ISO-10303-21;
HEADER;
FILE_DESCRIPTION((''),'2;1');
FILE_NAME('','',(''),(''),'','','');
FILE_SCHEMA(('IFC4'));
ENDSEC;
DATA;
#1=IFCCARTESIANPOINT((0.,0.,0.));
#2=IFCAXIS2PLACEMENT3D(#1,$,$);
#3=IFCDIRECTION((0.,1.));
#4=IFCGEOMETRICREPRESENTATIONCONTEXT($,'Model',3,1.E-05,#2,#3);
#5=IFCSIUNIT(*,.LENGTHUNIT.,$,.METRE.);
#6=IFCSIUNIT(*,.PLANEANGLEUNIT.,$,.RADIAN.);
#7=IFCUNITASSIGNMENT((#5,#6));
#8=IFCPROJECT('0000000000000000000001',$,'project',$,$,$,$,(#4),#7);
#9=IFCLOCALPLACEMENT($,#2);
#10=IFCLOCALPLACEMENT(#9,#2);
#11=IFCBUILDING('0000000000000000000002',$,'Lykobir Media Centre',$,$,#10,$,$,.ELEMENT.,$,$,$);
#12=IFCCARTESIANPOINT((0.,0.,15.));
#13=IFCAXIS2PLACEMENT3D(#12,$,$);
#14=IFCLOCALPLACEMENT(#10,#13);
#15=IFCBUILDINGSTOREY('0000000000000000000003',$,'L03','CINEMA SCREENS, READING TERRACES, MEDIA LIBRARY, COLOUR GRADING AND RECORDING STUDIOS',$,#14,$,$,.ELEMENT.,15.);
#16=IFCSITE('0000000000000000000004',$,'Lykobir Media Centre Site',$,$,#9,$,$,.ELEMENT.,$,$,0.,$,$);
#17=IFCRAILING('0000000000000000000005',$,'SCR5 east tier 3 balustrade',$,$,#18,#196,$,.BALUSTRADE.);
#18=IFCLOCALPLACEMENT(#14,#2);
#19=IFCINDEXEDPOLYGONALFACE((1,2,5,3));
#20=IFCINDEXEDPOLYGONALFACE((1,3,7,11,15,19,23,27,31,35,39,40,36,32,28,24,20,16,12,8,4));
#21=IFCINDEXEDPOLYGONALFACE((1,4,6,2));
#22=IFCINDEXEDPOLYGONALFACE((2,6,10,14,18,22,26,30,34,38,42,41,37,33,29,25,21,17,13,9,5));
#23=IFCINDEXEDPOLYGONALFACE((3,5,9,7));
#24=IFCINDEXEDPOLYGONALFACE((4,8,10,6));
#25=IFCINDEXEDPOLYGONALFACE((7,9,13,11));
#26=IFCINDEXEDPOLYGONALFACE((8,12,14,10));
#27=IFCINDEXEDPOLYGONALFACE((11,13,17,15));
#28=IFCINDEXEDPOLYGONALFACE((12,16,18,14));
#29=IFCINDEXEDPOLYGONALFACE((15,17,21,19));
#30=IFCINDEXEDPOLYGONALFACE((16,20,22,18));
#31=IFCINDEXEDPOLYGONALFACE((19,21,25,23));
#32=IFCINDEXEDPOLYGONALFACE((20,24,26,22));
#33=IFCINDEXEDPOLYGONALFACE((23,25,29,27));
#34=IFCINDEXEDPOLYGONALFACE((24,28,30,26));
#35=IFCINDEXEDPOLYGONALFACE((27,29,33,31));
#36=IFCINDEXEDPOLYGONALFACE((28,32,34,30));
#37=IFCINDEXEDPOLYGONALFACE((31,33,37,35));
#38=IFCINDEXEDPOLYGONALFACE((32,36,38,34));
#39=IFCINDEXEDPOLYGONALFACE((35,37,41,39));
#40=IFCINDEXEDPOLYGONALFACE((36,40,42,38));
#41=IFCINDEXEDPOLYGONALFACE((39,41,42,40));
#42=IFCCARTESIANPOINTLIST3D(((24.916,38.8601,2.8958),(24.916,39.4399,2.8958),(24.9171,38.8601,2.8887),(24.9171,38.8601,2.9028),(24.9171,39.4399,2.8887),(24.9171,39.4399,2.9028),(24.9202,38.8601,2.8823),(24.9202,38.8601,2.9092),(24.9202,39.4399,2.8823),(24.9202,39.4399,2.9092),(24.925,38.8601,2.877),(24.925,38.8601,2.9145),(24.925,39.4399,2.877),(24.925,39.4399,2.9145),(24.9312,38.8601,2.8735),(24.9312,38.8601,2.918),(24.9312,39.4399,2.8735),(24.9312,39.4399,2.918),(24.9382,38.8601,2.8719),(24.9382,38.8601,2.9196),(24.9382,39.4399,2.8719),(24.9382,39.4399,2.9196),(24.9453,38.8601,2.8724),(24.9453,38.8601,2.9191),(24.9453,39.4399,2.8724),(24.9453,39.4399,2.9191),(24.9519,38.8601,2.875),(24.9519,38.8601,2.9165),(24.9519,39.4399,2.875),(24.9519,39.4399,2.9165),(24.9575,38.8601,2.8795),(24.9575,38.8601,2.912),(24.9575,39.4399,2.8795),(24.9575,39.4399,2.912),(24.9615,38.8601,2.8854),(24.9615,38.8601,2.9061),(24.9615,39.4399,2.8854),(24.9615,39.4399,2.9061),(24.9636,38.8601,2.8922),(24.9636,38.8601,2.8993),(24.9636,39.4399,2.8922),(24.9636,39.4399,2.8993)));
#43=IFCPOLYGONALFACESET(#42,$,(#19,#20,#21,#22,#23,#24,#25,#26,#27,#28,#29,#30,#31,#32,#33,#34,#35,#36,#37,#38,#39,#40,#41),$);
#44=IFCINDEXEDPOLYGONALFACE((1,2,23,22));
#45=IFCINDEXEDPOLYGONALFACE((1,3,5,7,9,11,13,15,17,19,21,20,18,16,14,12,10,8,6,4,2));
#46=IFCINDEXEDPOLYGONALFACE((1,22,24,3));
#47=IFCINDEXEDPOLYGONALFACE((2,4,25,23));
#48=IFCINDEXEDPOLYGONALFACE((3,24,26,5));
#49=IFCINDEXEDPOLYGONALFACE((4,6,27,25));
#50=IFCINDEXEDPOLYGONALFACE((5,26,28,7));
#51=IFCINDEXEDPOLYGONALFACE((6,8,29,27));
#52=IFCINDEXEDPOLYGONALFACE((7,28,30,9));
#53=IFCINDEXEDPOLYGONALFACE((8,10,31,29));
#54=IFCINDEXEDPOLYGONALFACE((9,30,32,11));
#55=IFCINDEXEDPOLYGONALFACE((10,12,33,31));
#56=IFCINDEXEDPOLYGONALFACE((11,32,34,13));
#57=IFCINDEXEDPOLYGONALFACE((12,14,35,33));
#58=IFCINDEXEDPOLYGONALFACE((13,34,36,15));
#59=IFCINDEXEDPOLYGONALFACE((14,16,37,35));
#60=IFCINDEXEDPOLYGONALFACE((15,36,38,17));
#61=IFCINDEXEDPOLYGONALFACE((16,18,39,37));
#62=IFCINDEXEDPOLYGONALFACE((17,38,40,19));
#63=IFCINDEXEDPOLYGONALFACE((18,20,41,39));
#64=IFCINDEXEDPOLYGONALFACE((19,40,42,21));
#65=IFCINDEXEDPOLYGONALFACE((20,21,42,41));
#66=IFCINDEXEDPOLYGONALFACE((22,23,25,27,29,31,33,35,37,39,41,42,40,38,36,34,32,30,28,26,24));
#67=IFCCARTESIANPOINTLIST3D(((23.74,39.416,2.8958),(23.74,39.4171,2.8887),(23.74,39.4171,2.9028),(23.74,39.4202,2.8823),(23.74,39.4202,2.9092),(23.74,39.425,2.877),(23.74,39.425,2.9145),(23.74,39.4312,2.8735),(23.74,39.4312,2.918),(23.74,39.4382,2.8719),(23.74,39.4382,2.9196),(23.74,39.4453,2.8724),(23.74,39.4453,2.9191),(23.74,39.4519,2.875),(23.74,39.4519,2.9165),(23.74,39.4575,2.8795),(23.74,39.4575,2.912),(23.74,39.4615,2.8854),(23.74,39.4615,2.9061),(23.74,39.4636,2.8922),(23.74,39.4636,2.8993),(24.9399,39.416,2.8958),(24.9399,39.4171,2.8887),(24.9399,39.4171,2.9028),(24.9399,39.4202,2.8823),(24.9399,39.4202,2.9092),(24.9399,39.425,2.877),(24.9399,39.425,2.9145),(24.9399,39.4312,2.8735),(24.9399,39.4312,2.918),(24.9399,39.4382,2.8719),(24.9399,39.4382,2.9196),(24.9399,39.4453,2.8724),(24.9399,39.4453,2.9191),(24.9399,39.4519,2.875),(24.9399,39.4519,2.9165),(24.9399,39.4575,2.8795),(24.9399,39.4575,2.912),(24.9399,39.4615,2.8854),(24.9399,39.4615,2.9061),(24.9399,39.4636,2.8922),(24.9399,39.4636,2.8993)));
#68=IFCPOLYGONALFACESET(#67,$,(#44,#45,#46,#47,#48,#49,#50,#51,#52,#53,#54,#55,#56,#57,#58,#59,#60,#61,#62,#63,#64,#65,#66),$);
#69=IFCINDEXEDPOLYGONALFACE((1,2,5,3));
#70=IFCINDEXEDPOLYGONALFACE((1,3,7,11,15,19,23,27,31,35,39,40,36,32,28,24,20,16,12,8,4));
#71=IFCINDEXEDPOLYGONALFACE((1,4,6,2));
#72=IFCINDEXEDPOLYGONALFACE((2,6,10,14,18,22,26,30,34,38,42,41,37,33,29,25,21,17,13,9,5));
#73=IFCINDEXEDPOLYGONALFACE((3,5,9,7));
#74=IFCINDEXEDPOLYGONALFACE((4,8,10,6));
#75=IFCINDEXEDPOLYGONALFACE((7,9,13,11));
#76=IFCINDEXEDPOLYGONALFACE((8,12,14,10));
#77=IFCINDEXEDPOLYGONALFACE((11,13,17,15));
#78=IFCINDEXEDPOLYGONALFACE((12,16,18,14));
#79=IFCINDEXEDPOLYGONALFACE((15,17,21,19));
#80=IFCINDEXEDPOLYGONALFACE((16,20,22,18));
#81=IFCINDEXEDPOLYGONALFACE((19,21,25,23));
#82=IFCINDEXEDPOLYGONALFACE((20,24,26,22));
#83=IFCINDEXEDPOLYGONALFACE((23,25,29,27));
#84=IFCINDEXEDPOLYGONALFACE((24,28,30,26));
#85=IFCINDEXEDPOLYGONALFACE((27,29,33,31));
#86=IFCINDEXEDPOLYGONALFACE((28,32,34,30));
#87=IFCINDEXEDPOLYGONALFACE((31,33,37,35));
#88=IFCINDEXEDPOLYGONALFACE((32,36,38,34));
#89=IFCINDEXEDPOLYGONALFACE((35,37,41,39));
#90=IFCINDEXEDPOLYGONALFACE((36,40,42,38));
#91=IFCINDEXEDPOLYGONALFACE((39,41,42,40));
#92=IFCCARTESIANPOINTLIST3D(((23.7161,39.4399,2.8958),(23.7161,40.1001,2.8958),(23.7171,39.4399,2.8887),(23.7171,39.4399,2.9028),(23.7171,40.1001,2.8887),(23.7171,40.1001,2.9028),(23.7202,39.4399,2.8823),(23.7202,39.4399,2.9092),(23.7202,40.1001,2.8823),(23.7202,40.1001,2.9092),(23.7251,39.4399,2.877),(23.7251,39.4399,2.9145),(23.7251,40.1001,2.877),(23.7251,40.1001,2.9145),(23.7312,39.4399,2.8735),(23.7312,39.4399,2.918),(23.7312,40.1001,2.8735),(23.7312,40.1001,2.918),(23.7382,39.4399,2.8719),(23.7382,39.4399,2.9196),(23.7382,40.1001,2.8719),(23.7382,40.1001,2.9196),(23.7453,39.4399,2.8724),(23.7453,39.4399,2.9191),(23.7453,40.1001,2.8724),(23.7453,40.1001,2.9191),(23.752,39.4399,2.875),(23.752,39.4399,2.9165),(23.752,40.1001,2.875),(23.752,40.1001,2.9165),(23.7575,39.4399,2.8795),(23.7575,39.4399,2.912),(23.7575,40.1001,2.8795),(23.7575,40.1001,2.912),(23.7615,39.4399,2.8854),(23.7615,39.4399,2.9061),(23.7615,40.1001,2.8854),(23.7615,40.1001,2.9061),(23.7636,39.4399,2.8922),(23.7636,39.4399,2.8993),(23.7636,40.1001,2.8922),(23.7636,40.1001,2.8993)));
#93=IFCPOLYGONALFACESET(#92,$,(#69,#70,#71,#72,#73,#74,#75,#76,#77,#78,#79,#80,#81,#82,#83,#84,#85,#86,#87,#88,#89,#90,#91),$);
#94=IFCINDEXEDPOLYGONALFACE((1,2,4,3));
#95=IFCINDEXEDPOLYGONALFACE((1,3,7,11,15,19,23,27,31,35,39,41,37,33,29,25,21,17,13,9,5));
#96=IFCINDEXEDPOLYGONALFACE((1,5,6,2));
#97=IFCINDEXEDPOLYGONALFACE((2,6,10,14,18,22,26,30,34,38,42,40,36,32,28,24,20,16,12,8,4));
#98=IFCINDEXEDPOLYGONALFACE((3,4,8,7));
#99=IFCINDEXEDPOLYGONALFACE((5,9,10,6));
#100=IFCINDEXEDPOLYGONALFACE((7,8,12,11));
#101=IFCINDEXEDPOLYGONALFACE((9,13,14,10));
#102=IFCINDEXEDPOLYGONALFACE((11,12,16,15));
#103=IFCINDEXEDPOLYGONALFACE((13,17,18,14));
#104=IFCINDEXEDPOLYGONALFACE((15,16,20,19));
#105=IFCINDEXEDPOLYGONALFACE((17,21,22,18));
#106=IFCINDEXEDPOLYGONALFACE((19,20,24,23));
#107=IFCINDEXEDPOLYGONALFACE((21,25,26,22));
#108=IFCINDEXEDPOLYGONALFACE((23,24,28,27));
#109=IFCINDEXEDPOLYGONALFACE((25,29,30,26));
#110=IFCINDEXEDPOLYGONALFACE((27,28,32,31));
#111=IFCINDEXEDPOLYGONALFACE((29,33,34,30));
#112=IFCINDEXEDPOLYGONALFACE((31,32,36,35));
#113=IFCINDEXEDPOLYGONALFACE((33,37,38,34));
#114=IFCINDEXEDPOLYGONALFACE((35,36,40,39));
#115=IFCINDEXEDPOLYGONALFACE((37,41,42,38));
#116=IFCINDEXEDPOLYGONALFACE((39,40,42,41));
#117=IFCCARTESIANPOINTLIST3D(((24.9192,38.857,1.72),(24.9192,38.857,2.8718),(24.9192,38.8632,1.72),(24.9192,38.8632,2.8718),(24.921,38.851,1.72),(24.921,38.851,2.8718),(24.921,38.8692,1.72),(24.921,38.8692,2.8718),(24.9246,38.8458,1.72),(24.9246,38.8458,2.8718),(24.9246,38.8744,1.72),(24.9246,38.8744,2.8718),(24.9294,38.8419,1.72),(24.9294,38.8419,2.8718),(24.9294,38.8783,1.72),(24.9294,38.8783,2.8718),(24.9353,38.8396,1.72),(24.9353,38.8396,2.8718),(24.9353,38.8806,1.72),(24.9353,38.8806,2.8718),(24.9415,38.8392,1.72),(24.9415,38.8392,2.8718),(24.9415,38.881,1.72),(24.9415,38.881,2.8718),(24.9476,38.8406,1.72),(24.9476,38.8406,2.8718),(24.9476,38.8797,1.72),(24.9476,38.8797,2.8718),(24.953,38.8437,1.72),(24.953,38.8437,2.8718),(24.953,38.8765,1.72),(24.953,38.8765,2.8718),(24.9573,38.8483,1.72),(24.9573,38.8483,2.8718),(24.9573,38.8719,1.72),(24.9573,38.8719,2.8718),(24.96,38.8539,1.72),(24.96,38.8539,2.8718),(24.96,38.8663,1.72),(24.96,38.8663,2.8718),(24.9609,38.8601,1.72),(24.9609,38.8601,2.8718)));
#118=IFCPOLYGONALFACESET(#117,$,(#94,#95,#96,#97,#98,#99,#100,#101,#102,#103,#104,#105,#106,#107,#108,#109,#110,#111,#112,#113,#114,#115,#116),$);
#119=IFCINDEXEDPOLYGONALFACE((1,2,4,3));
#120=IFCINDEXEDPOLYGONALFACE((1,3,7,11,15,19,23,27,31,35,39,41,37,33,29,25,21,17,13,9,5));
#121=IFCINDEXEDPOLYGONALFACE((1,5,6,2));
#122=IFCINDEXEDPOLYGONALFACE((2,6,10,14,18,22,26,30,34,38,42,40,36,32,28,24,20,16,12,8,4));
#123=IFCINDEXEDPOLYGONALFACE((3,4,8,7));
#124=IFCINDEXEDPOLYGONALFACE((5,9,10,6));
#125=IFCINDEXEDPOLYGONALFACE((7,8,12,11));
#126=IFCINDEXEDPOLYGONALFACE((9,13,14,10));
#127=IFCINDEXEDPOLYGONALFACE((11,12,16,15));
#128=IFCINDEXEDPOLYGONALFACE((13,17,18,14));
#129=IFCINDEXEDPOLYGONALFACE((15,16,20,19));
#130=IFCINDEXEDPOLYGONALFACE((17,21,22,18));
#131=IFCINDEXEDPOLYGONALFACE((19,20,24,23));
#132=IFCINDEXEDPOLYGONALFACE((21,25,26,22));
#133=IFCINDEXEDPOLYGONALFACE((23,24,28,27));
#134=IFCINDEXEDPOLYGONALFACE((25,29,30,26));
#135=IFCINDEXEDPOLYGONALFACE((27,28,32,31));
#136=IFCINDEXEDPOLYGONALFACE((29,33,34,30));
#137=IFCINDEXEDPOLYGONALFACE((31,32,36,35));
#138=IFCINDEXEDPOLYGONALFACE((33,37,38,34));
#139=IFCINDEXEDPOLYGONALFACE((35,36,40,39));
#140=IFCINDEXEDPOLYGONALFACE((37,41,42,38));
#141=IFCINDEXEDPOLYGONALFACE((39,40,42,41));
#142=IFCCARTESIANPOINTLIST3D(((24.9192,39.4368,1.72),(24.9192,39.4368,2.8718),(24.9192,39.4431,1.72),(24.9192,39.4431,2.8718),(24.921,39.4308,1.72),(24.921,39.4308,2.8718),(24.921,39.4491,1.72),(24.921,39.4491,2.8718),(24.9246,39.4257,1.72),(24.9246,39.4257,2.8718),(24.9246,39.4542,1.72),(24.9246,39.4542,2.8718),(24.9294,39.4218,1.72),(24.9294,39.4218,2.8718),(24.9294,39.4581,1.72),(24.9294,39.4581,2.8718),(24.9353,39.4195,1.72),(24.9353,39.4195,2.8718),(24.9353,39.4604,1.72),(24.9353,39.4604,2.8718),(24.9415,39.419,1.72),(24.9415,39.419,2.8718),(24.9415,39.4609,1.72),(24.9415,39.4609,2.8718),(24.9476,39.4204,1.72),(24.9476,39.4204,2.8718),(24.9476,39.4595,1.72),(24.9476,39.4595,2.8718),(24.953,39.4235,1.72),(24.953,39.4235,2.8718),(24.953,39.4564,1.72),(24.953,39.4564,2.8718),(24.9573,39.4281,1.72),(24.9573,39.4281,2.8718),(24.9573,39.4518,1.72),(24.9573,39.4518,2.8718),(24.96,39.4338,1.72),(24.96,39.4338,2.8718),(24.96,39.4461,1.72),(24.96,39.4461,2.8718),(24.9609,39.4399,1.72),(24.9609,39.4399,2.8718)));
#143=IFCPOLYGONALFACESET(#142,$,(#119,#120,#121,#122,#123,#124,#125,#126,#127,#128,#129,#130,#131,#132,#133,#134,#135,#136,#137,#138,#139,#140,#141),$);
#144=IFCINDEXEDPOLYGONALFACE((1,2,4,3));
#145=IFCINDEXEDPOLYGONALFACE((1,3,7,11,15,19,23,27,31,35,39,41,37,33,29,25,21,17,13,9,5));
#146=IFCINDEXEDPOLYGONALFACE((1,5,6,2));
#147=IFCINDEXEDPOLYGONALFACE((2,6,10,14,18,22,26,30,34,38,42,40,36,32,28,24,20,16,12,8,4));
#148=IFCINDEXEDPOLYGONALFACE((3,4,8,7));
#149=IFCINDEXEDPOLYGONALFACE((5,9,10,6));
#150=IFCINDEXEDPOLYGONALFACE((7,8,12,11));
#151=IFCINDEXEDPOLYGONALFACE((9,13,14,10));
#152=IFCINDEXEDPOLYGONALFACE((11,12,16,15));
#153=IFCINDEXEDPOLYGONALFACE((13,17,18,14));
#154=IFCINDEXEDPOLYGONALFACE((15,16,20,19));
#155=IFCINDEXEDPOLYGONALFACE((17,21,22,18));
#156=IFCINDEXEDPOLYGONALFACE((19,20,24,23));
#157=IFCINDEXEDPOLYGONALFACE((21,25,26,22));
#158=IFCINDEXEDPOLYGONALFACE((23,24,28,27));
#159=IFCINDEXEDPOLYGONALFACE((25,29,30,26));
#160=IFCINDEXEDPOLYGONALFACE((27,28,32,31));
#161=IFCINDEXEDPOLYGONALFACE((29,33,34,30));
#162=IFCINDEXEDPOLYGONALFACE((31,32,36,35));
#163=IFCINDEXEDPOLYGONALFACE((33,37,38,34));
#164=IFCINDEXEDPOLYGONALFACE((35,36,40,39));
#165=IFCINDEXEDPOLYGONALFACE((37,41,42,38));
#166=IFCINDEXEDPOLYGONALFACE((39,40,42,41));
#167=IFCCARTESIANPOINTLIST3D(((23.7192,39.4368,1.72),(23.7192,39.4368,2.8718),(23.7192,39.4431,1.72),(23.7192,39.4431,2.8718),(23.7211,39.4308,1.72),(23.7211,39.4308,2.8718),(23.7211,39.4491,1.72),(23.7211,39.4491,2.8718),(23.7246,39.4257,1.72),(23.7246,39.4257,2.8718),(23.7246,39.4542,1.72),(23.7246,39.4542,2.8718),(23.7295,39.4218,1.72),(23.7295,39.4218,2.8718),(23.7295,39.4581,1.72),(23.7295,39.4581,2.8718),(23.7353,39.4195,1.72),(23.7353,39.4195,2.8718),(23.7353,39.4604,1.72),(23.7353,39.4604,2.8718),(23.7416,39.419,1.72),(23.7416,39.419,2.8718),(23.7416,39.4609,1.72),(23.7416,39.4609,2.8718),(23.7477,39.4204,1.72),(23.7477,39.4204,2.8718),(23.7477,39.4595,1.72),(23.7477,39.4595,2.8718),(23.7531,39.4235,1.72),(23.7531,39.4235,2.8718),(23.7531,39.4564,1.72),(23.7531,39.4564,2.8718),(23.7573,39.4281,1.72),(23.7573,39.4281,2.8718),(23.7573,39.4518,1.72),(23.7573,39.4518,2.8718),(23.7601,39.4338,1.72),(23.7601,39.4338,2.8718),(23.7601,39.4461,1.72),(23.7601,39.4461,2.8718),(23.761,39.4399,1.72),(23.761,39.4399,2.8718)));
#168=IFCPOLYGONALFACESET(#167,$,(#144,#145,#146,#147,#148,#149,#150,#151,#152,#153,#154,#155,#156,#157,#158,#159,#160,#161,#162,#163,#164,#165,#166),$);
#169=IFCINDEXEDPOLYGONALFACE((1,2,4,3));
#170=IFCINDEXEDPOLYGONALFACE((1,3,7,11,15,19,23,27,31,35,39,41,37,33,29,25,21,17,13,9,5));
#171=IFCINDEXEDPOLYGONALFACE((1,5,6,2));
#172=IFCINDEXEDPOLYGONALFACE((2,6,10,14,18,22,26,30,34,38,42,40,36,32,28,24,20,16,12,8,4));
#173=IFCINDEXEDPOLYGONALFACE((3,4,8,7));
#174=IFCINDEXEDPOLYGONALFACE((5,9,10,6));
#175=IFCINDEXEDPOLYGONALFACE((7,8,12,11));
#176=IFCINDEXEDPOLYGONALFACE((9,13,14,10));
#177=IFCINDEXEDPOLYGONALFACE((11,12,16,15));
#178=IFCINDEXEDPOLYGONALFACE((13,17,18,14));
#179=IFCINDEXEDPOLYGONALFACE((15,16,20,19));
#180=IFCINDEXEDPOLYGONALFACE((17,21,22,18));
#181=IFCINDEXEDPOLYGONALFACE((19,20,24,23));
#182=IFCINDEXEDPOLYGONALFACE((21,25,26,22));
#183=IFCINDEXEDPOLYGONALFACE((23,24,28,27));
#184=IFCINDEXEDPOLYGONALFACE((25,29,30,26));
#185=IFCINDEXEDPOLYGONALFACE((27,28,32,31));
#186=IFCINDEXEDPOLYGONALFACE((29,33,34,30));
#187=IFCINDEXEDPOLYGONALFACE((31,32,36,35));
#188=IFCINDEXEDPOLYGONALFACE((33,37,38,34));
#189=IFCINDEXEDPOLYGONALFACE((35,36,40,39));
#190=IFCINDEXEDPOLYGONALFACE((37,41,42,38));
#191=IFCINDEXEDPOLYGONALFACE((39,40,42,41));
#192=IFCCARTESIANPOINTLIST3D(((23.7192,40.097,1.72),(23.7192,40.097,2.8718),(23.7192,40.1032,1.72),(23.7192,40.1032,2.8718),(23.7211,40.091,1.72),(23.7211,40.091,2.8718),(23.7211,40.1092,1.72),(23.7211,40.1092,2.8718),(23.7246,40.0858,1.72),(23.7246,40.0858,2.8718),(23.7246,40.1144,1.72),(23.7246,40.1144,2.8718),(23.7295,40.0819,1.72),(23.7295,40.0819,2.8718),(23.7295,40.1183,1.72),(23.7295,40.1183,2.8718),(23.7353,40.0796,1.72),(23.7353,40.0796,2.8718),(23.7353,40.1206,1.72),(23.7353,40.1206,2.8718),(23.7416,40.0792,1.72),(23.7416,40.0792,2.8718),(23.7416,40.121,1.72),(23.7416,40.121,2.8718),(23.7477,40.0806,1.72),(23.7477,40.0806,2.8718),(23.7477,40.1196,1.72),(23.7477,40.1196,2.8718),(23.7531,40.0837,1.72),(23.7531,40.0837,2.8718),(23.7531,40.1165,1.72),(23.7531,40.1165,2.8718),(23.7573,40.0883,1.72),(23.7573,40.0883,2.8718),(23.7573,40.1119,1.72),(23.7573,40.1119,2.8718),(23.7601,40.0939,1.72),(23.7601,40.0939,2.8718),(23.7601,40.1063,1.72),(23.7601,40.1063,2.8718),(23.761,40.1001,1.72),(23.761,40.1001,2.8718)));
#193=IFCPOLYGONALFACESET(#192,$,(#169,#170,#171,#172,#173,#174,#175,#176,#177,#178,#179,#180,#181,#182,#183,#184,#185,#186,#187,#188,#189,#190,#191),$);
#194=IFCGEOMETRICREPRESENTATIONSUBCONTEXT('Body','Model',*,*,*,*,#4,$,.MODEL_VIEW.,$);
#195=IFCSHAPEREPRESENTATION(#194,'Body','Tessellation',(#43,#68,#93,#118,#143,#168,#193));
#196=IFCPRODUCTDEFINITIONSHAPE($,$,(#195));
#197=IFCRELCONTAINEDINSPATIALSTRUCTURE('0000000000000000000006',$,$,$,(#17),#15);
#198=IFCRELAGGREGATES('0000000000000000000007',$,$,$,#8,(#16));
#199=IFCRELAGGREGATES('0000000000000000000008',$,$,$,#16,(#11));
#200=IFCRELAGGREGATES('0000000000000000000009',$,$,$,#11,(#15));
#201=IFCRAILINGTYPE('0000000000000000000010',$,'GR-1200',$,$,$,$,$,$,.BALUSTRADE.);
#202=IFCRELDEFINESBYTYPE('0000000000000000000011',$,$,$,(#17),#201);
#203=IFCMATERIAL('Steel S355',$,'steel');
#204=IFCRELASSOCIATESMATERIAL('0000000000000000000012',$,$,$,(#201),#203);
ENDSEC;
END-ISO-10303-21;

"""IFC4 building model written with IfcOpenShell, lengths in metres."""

from ifc_helpers import new_model, si_unit, direction, frame, origin, origin_2d, place, context, subcontext, project, spatial, circle, extrude, material, type_object, element, save


model = new_model("IFC4")

# Units and contexts
model_context = context("Model", 3, precision=1e-05, world=origin(), true_north=direction((0.0, 1.0)))
body_context = subcontext(model_context, "Body", "Model", "MODEL_VIEW")
ifc_project = project(units=[si_unit("LENGTHUNIT", "METRE"), si_unit("PLANEANGLEUNIT", "RADIAN")], contexts=[model_context])

# Site, building, storey
site_placement = place(None, origin())
site = spatial("IfcSite", under=ifc_project, at=site_placement, Name="Lykobir Media Centre Site", CompositionType="ELEMENT", RefElevation=0.0)
building_placement = place(site_placement, origin())
building = spatial("IfcBuilding", under=site, at=building_placement, Name="Lykobir Media Centre", CompositionType="ELEMENT")
storey_placement = place(building_placement, frame((0.0, 0.0, 15.0)))
storey = spatial("IfcBuildingStorey", under=building, at=storey_placement, Name="L03", Description="CINEMA SCREENS, READING TERRACES, MEDIA LIBRARY, COLOUR GRADING AND RECORDING STUDIOS", CompositionType="ELEMENT", Elevation=15.0)

# Shared definitions
ifc_material = material(Name="Steel S355", Category="steel")

# Railing
railing_type = type_object("IfcRailingType", Name="GR-1200", PredefinedType="BALUSTRADE", material=ifc_material)
railing_1_placement = place(storey_placement, frame((24.9399, 38.8601, 1.72)))
element("IfcRailing", 1, at=railing_1_placement, inside=storey, type_object=railing_type, Name="SCR5 east tier 3 balustrade", PredefinedType="BALUSTRADE", context=body_context, shape_type="SweptSolid", body=[
    extrude(circle(Radius=0.0239, at=origin_2d()), frame((0.0, 0.0, 1.1758), z_axis=(0.0, 1.0, 0.0), x_axis=(-1.0, 0.0, 0.0)), (0.0, 0.0, 1.0), 0.5798),
    extrude(circle(Radius=0.0239, at=origin_2d()), frame((0.0, 0.5798, 1.1758), z_axis=(-1.0, 0.0, 0.0), x_axis=(0.0, -1.0, 0.0)), (0.0, 0.0, 1.0), 1.2),
    extrude(circle(Radius=0.0239, at=origin_2d()), frame((-1.2, 0.5798, 1.1758), z_axis=(0.0, 1.0, 0.0), x_axis=(-1.0, 0.0, 0.0)), (0.0, 0.0, 1.0), 0.6602),
    extrude(circle(Radius=0.021, at=origin_2d()), origin(), (0.0, 0.0, 1.0), 1.1519),
    extrude(circle(Radius=0.021, at=origin_2d()), frame((0.0, 0.5798, 0.0)), (0.0, 0.0, 1.0), 1.1519),
    extrude(circle(Radius=0.021, at=origin_2d()), frame((-1.2, 0.5798, 0.0)), (0.0, 0.0, 1.0), 1.1519),
    extrude(circle(Radius=0.021, at=origin_2d()), frame((-1.2, 1.24, 0.0)), (0.0, 0.0, 1.0), 1.1519),
])

save(model, "model.ifc")
